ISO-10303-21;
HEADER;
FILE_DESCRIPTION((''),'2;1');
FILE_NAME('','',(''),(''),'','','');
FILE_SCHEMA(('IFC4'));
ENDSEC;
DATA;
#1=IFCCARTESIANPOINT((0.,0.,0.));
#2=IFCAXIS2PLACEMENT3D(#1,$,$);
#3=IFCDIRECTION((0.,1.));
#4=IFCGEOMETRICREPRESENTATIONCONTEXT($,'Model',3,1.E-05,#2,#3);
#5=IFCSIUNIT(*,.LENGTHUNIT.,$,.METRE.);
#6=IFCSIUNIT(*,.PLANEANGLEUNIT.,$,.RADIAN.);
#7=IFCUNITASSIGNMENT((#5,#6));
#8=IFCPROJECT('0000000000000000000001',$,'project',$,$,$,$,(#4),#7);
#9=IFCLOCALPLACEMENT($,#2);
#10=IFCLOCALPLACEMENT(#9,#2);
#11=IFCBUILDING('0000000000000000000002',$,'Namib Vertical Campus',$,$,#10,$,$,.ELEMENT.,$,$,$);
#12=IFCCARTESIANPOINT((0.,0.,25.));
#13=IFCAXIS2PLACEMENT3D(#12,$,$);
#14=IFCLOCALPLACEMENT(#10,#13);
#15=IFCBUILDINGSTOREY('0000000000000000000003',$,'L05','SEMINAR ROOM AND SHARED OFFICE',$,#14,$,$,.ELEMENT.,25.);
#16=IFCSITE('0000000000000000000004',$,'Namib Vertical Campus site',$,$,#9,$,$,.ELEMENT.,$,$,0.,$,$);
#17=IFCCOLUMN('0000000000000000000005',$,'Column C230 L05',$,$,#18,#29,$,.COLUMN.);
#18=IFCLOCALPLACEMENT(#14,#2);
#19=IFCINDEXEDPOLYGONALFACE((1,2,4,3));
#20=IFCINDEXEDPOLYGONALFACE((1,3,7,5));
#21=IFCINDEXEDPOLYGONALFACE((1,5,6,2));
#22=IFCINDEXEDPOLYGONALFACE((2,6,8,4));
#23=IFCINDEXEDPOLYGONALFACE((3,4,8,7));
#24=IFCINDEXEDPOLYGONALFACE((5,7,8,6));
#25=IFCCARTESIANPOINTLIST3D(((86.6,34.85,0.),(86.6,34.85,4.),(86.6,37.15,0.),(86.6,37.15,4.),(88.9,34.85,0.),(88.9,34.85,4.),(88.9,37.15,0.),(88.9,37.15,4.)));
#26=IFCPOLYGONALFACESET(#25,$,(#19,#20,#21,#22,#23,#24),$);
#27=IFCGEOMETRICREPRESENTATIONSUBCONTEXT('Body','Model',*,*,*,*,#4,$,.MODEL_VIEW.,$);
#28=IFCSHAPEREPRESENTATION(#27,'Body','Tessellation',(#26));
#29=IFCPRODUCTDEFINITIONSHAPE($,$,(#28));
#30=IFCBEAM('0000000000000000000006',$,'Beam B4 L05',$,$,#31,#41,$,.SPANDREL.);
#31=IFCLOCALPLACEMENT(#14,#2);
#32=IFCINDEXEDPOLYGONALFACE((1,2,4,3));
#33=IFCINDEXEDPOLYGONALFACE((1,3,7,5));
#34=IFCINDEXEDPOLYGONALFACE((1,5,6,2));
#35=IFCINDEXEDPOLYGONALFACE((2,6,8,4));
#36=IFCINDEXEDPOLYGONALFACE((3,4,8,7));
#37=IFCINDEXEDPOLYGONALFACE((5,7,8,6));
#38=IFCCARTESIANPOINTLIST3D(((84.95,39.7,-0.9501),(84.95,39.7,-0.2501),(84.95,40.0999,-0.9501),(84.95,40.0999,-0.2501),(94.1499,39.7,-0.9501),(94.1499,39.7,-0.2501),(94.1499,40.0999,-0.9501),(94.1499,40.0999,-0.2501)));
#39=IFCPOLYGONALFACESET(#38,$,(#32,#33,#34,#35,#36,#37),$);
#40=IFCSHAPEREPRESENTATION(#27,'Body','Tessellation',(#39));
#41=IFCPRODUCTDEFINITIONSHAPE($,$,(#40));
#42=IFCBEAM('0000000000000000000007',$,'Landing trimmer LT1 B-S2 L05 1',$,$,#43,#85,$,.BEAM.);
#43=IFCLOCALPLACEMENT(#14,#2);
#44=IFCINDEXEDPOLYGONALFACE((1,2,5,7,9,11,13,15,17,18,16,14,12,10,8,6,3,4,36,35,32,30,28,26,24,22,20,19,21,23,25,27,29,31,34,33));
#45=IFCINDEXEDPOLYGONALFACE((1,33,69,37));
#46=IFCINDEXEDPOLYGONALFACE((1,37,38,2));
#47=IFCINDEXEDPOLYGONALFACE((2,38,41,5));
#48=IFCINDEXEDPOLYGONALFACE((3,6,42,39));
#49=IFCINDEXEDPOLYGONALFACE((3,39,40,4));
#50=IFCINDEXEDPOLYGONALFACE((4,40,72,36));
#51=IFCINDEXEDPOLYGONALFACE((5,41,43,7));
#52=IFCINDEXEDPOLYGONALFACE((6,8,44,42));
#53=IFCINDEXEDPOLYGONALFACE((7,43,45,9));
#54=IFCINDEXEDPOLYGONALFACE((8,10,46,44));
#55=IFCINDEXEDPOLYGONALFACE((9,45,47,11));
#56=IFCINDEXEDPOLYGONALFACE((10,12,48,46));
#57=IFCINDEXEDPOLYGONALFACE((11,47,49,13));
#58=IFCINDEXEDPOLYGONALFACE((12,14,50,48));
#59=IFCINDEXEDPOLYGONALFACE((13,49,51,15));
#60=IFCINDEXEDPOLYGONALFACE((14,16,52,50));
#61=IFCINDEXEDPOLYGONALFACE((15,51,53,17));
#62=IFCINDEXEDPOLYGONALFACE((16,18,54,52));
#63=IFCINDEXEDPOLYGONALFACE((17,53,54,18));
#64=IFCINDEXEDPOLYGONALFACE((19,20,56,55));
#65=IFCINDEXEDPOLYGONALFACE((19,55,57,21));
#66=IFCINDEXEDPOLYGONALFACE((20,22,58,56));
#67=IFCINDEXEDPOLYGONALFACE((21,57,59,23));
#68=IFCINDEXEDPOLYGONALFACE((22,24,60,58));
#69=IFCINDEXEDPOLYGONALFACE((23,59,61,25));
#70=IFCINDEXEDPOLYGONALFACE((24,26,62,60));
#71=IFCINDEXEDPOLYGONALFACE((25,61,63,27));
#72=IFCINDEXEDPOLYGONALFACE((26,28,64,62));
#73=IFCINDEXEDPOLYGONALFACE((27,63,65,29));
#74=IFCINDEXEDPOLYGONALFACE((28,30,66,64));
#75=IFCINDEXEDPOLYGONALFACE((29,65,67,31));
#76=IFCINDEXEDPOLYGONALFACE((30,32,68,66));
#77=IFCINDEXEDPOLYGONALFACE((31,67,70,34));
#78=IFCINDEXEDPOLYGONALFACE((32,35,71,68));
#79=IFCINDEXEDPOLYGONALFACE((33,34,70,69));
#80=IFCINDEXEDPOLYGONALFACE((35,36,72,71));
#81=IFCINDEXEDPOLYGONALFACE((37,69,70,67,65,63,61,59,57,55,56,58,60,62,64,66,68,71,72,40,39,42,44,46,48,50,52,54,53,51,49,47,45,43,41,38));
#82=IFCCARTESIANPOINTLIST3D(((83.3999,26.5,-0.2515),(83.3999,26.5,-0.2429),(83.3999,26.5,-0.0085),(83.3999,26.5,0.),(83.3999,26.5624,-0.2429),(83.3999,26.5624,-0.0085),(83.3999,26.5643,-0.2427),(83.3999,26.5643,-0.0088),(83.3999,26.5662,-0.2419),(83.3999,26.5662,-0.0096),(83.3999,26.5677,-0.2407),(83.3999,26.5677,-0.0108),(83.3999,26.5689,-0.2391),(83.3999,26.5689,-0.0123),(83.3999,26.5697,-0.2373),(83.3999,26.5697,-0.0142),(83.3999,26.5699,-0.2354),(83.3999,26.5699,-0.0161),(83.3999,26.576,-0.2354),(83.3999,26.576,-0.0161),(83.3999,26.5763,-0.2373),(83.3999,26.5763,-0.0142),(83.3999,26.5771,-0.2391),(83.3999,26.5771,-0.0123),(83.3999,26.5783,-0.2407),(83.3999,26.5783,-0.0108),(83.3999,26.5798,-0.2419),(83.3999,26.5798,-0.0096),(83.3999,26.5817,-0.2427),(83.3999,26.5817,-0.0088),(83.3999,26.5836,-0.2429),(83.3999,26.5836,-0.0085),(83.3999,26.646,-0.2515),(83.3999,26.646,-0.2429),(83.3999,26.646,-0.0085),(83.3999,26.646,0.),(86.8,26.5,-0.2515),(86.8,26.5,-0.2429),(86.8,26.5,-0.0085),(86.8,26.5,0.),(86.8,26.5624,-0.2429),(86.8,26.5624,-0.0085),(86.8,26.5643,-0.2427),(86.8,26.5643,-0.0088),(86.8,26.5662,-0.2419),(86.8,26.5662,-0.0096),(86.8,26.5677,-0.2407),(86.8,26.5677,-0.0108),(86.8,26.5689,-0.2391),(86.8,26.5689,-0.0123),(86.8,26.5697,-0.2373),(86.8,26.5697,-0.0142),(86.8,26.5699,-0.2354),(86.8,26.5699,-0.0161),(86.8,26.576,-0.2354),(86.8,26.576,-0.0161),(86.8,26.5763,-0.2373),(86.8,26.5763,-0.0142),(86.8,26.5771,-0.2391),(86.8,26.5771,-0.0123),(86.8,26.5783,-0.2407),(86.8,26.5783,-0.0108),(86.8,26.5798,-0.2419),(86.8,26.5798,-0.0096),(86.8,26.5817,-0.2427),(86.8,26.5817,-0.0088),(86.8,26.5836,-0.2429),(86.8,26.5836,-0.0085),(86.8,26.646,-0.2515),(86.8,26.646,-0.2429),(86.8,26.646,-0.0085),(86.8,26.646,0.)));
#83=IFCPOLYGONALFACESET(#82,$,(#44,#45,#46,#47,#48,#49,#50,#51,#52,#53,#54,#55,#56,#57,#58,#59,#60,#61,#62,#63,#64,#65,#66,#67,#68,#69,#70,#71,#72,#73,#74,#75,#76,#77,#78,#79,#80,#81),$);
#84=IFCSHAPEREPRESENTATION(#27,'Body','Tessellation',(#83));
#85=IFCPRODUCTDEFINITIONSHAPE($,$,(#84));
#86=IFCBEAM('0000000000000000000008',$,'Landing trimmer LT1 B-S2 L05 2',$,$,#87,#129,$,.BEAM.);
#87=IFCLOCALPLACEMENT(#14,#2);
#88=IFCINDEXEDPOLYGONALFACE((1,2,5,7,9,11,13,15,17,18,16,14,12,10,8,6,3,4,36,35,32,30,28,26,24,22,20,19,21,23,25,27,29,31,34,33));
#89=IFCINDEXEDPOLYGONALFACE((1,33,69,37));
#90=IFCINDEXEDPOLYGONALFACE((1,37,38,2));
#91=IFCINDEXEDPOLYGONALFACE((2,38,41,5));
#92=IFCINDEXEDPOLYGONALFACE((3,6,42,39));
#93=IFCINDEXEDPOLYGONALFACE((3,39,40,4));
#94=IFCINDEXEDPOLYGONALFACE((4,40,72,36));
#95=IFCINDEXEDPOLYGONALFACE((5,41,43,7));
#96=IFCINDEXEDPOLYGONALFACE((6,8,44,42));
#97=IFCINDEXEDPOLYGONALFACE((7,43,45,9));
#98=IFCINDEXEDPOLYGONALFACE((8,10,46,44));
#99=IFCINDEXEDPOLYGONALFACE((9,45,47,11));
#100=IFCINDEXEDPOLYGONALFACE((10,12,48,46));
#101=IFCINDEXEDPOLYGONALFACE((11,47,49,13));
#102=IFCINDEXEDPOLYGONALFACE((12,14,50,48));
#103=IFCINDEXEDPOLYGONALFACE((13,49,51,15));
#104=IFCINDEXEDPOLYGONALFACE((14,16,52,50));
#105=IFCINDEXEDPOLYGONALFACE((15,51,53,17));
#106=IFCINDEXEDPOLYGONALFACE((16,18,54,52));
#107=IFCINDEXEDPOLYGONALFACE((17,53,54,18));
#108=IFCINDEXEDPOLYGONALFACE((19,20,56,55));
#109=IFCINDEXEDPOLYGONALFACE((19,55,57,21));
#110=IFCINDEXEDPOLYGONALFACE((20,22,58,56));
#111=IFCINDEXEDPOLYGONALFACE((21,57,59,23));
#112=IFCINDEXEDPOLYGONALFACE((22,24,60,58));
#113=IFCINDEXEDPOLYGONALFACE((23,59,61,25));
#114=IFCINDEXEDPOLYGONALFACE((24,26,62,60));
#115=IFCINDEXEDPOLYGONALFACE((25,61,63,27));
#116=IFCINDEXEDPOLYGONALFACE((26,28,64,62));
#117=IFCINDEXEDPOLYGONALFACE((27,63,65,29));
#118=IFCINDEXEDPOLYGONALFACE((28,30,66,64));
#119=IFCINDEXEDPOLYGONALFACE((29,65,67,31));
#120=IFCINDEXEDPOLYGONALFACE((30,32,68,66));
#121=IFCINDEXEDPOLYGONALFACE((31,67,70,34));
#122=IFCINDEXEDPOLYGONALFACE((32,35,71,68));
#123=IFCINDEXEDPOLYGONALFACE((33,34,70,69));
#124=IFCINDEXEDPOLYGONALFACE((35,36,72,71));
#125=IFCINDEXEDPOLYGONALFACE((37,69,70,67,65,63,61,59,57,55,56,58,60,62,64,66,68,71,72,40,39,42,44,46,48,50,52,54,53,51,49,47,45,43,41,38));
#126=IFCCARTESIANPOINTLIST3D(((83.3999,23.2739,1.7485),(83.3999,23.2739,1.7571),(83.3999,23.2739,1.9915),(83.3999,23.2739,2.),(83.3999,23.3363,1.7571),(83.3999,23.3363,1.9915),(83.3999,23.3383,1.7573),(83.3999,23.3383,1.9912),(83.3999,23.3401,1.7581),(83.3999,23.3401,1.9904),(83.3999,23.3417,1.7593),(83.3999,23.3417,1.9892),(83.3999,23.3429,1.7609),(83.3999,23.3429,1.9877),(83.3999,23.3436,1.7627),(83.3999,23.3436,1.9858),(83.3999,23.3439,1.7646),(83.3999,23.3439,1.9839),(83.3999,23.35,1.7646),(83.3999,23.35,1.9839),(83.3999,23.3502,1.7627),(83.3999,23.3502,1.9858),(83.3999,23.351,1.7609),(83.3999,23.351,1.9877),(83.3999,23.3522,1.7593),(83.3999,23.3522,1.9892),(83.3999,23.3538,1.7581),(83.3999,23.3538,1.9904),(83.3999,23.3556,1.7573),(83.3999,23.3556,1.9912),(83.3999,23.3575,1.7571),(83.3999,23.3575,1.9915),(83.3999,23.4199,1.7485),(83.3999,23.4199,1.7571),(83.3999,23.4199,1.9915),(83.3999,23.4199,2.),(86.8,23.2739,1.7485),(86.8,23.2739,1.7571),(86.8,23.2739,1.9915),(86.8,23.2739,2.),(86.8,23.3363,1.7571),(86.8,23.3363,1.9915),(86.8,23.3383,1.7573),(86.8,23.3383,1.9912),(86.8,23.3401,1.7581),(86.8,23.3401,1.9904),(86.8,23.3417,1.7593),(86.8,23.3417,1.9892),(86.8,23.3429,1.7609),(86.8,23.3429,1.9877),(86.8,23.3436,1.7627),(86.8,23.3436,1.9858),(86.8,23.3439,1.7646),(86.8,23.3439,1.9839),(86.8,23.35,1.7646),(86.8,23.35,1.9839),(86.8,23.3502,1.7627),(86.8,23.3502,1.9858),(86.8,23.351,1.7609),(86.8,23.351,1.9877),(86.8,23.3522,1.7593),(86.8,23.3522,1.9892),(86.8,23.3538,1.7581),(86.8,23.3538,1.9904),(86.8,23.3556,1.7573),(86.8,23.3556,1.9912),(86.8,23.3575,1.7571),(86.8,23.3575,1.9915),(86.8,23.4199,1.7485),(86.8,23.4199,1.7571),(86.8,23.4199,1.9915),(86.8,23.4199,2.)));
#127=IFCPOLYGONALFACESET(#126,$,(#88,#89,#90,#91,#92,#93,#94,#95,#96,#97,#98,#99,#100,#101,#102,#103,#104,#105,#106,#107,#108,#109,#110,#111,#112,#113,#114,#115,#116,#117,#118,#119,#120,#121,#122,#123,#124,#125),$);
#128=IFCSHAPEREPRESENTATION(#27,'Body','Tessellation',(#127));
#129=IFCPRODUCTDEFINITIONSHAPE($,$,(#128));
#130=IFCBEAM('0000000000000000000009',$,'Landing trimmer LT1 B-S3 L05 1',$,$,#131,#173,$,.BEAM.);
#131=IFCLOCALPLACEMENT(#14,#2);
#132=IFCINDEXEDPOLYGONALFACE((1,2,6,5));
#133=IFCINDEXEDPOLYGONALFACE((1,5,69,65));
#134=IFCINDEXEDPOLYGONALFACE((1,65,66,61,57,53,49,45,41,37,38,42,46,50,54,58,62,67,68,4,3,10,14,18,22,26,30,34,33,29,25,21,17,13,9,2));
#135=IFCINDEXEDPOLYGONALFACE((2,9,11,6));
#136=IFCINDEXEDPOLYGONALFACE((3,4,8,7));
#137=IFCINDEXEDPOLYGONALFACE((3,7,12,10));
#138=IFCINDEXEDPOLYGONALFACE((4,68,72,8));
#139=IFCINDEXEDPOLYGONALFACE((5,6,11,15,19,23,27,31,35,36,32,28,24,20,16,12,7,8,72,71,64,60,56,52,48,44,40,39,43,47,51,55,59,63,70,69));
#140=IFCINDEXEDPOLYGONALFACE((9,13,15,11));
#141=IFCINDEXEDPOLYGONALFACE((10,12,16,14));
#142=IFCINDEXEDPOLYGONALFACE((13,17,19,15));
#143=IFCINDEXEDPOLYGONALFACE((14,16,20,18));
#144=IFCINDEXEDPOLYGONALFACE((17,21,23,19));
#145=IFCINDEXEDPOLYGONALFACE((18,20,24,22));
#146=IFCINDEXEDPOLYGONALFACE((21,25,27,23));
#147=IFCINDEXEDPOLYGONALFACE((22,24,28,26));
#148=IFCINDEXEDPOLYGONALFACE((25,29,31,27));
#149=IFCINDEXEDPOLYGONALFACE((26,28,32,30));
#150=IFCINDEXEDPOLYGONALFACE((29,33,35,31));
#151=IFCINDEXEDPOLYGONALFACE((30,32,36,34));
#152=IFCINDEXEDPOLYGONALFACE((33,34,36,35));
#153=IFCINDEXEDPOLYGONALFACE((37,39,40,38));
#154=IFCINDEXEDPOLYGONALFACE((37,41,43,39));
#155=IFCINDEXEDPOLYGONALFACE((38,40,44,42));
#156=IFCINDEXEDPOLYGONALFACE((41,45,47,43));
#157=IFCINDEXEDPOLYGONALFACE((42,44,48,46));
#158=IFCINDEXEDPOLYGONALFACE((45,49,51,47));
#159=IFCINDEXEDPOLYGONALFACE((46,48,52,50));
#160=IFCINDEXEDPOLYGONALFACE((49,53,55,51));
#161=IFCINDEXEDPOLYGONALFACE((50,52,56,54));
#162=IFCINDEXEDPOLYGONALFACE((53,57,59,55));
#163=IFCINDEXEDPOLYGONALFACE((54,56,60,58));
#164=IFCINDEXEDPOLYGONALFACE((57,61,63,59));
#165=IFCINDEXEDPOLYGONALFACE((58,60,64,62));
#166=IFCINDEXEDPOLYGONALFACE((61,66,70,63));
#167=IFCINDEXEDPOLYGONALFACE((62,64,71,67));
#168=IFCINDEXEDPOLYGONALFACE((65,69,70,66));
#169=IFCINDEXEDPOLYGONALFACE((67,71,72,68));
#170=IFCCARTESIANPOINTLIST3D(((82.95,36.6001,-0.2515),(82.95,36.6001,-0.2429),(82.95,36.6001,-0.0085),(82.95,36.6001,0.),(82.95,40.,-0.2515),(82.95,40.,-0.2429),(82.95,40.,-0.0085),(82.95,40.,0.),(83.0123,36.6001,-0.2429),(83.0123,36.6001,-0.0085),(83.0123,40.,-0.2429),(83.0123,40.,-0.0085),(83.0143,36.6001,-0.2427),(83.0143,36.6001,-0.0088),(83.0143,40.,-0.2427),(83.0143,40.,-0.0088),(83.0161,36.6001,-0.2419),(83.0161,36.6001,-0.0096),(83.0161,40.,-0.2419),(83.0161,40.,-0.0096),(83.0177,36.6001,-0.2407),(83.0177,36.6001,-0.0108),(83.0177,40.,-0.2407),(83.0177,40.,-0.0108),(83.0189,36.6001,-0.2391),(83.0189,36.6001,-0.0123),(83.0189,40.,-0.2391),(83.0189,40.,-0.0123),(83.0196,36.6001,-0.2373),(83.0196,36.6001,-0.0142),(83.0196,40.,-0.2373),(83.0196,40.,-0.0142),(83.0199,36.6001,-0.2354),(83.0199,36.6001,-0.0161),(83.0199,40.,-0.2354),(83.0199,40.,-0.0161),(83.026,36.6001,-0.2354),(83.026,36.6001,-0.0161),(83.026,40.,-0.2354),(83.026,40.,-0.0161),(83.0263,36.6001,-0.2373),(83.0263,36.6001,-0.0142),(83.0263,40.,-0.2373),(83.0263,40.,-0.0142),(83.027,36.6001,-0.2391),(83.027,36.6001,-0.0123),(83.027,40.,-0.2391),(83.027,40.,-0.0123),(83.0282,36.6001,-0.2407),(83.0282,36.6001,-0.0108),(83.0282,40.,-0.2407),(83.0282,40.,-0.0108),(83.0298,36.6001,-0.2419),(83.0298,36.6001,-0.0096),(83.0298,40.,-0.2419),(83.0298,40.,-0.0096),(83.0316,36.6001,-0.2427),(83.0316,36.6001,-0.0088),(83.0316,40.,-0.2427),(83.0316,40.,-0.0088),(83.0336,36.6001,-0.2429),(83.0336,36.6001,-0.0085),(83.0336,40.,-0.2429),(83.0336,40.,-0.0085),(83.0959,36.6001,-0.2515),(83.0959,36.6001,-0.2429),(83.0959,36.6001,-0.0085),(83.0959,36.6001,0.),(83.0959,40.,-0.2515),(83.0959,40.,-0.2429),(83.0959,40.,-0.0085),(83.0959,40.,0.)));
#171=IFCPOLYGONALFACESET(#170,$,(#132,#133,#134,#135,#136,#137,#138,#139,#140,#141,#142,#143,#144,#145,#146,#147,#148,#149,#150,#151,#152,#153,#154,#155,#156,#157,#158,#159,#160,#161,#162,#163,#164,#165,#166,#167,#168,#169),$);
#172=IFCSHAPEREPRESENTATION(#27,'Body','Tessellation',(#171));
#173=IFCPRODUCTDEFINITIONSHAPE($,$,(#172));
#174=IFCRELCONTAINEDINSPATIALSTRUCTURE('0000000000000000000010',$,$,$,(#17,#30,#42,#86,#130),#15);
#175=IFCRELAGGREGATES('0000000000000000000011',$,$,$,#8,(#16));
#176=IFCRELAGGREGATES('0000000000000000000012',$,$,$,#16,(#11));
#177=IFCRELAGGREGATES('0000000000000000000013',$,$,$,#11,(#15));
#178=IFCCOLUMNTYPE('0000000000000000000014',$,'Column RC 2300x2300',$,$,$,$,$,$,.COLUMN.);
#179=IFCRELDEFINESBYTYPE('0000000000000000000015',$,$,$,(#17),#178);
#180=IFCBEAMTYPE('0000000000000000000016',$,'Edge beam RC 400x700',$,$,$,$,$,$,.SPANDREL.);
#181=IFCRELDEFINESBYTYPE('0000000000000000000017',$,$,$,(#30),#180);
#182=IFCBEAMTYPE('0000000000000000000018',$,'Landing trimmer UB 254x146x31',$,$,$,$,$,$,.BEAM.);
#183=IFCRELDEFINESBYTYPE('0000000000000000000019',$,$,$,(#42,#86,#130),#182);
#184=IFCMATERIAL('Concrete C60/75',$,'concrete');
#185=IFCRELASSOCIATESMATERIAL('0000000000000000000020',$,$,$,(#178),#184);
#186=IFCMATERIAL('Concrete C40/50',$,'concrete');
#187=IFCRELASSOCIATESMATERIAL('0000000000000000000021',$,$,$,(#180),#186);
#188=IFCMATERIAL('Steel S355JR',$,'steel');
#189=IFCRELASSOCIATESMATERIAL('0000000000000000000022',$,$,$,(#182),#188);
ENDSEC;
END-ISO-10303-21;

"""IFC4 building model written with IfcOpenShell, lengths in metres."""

from ifc_helpers import new_model, si_unit, direction, frame, origin, origin_2d, place, context, subcontext, project, spatial, rectangle, i_section, extrude, material, material_profile, profile_set, type_object, element, save


model = new_model("IFC4")

# Units and contexts
model_context = context("Model", 3, precision=1e-05, world=origin(), true_north=direction((0.0, 1.0)))
body_context = subcontext(model_context, "Body", "Model", "MODEL_VIEW")
ifc_project = project(units=[si_unit("LENGTHUNIT", "METRE"), si_unit("PLANEANGLEUNIT", "RADIAN")], contexts=[model_context])

# Site, building, storey
site_placement = place(None, origin())
site = spatial("IfcSite", under=ifc_project, at=site_placement, Name="Namib Vertical Campus site", CompositionType="ELEMENT", RefElevation=0.0)
building_placement = place(site_placement, origin())
building = spatial("IfcBuilding", under=site, at=building_placement, Name="Namib Vertical Campus", CompositionType="ELEMENT")
storey_placement = place(building_placement, frame((0.0, 0.0, 25.0)))
storey = spatial("IfcBuildingStorey", under=building, at=storey_placement, Name="L05", Description="SEMINAR ROOM AND SHARED OFFICE", CompositionType="ELEMENT", Elevation=25.0)

# Column
ifc_material_1 = material(Name="Concrete C60/75", Category="concrete")
ifc_material_profile_1 = material_profile(ifc_material_1, rectangle(XDim=2.3, YDim=2.3, at=origin_2d()))
ifc_profile_set_1 = profile_set([ifc_material_profile_1], Name="Concrete C60/75")
column_type = type_object("IfcColumnType", Name="Column RC 2300x2300", PredefinedType="COLUMN", material=ifc_profile_set_1)
column_placement = place(storey_placement, frame((87.75, 36.0, 0.0), z_axis=(0.0, 0.0, 1.0), x_axis=(1.0, 0.0, 0.0)))
element("IfcColumn", 1, at=column_placement, inside=storey, type_object=column_type, Name="Column C230 L05", PredefinedType="COLUMN", context=body_context, shape_type="SweptSolid", body=[
    extrude(rectangle(XDim=2.3, YDim=2.3, at=origin_2d()), origin(), (0.0, 0.0, 1.0), 4.0),
])

# Beams
ifc_material_2 = material(Name="Concrete C40/50", Category="concrete")
ifc_material_profile_2 = material_profile(ifc_material_2, rectangle(XDim=0.3999, YDim=0.7, at=origin_2d()))
ifc_profile_set_2 = profile_set([ifc_material_profile_2], Name="Concrete C40/50")
beam_type_1 = type_object("IfcBeamType", Name="Edge beam RC 400x700", PredefinedType="SPANDREL", material=ifc_profile_set_2)
beam_1_placement = place(storey_placement, frame((84.95, 39.8999, -0.6001), z_axis=(1.0, 0.0, 0.0), x_axis=(0.0, 1.0, 0.0)))
element("IfcBeam", 2, at=beam_1_placement, inside=storey, type_object=beam_type_1, Name="Beam B4 L05", PredefinedType="SPANDREL", context=body_context, shape_type="SweptSolid", body=[
    extrude(rectangle(XDim=0.3999, YDim=0.7, at=origin_2d()), origin(), (0.0, 0.0, 1.0), 9.2),
])
ifc_material_3 = material(Name="Steel S355JR", Category="steel")
ifc_material_profile_3 = material_profile(ifc_material_3, i_section(OverallWidth=0.146, OverallDepth=0.2515, WebThickness=0.0061, FlangeThickness=0.0085, FilletRadius=0.0076, at=origin_2d()))
ifc_profile_set_3 = profile_set([ifc_material_profile_3], Name="Steel S355JR")
beam_type_2 = type_object("IfcBeamType", Name="Landing trimmer UB 254x146x31", PredefinedType="BEAM", material=ifc_profile_set_3)
for number, where, z_axis, x_axis, name in (
    (3, (83.3999, 26.573, -0.1257), (1.0, 0.0, 0.0), (0.0, 1.0, 0.0), "Landing trimmer LT1 B-S2 L05 1"),
    (4, (83.3999, 23.3469, 1.8743), (1.0, 0.0, 0.0), (0.0, 1.0, 0.0), "Landing trimmer LT1 B-S2 L05 2"),
):
    element("IfcBeam", number, at=place(storey_placement, frame(where, z_axis=z_axis, x_axis=x_axis)), inside=storey, type_object=beam_type_2, Name=name, PredefinedType="BEAM", context=body_context, shape_type="SweptSolid", body=[
        extrude(i_section(OverallWidth=0.146, OverallDepth=0.2515, WebThickness=0.0061, FlangeThickness=0.0085, FilletRadius=0.0076, at=origin_2d()), origin(), (0.0, 0.0, 1.0), 3.4001),
    ])
beam_2_placement = place(storey_placement, frame((83.0229, 36.6001, -0.1257), z_axis=(0.0, 1.0, 0.0), x_axis=(-1.0, 0.0, 0.0)))
element("IfcBeam", 5, at=beam_2_placement, inside=storey, type_object=beam_type_2, Name="Landing trimmer LT1 B-S3 L05 1", PredefinedType="BEAM", context=body_context, shape_type="SweptSolid", body=[
    extrude(i_section(OverallWidth=0.146, OverallDepth=0.2515, WebThickness=0.0061, FlangeThickness=0.0085, FilletRadius=0.0076, at=origin_2d()), origin(), (0.0, 0.0, 1.0), 3.3999),
])

save(model, "model.ifc")
